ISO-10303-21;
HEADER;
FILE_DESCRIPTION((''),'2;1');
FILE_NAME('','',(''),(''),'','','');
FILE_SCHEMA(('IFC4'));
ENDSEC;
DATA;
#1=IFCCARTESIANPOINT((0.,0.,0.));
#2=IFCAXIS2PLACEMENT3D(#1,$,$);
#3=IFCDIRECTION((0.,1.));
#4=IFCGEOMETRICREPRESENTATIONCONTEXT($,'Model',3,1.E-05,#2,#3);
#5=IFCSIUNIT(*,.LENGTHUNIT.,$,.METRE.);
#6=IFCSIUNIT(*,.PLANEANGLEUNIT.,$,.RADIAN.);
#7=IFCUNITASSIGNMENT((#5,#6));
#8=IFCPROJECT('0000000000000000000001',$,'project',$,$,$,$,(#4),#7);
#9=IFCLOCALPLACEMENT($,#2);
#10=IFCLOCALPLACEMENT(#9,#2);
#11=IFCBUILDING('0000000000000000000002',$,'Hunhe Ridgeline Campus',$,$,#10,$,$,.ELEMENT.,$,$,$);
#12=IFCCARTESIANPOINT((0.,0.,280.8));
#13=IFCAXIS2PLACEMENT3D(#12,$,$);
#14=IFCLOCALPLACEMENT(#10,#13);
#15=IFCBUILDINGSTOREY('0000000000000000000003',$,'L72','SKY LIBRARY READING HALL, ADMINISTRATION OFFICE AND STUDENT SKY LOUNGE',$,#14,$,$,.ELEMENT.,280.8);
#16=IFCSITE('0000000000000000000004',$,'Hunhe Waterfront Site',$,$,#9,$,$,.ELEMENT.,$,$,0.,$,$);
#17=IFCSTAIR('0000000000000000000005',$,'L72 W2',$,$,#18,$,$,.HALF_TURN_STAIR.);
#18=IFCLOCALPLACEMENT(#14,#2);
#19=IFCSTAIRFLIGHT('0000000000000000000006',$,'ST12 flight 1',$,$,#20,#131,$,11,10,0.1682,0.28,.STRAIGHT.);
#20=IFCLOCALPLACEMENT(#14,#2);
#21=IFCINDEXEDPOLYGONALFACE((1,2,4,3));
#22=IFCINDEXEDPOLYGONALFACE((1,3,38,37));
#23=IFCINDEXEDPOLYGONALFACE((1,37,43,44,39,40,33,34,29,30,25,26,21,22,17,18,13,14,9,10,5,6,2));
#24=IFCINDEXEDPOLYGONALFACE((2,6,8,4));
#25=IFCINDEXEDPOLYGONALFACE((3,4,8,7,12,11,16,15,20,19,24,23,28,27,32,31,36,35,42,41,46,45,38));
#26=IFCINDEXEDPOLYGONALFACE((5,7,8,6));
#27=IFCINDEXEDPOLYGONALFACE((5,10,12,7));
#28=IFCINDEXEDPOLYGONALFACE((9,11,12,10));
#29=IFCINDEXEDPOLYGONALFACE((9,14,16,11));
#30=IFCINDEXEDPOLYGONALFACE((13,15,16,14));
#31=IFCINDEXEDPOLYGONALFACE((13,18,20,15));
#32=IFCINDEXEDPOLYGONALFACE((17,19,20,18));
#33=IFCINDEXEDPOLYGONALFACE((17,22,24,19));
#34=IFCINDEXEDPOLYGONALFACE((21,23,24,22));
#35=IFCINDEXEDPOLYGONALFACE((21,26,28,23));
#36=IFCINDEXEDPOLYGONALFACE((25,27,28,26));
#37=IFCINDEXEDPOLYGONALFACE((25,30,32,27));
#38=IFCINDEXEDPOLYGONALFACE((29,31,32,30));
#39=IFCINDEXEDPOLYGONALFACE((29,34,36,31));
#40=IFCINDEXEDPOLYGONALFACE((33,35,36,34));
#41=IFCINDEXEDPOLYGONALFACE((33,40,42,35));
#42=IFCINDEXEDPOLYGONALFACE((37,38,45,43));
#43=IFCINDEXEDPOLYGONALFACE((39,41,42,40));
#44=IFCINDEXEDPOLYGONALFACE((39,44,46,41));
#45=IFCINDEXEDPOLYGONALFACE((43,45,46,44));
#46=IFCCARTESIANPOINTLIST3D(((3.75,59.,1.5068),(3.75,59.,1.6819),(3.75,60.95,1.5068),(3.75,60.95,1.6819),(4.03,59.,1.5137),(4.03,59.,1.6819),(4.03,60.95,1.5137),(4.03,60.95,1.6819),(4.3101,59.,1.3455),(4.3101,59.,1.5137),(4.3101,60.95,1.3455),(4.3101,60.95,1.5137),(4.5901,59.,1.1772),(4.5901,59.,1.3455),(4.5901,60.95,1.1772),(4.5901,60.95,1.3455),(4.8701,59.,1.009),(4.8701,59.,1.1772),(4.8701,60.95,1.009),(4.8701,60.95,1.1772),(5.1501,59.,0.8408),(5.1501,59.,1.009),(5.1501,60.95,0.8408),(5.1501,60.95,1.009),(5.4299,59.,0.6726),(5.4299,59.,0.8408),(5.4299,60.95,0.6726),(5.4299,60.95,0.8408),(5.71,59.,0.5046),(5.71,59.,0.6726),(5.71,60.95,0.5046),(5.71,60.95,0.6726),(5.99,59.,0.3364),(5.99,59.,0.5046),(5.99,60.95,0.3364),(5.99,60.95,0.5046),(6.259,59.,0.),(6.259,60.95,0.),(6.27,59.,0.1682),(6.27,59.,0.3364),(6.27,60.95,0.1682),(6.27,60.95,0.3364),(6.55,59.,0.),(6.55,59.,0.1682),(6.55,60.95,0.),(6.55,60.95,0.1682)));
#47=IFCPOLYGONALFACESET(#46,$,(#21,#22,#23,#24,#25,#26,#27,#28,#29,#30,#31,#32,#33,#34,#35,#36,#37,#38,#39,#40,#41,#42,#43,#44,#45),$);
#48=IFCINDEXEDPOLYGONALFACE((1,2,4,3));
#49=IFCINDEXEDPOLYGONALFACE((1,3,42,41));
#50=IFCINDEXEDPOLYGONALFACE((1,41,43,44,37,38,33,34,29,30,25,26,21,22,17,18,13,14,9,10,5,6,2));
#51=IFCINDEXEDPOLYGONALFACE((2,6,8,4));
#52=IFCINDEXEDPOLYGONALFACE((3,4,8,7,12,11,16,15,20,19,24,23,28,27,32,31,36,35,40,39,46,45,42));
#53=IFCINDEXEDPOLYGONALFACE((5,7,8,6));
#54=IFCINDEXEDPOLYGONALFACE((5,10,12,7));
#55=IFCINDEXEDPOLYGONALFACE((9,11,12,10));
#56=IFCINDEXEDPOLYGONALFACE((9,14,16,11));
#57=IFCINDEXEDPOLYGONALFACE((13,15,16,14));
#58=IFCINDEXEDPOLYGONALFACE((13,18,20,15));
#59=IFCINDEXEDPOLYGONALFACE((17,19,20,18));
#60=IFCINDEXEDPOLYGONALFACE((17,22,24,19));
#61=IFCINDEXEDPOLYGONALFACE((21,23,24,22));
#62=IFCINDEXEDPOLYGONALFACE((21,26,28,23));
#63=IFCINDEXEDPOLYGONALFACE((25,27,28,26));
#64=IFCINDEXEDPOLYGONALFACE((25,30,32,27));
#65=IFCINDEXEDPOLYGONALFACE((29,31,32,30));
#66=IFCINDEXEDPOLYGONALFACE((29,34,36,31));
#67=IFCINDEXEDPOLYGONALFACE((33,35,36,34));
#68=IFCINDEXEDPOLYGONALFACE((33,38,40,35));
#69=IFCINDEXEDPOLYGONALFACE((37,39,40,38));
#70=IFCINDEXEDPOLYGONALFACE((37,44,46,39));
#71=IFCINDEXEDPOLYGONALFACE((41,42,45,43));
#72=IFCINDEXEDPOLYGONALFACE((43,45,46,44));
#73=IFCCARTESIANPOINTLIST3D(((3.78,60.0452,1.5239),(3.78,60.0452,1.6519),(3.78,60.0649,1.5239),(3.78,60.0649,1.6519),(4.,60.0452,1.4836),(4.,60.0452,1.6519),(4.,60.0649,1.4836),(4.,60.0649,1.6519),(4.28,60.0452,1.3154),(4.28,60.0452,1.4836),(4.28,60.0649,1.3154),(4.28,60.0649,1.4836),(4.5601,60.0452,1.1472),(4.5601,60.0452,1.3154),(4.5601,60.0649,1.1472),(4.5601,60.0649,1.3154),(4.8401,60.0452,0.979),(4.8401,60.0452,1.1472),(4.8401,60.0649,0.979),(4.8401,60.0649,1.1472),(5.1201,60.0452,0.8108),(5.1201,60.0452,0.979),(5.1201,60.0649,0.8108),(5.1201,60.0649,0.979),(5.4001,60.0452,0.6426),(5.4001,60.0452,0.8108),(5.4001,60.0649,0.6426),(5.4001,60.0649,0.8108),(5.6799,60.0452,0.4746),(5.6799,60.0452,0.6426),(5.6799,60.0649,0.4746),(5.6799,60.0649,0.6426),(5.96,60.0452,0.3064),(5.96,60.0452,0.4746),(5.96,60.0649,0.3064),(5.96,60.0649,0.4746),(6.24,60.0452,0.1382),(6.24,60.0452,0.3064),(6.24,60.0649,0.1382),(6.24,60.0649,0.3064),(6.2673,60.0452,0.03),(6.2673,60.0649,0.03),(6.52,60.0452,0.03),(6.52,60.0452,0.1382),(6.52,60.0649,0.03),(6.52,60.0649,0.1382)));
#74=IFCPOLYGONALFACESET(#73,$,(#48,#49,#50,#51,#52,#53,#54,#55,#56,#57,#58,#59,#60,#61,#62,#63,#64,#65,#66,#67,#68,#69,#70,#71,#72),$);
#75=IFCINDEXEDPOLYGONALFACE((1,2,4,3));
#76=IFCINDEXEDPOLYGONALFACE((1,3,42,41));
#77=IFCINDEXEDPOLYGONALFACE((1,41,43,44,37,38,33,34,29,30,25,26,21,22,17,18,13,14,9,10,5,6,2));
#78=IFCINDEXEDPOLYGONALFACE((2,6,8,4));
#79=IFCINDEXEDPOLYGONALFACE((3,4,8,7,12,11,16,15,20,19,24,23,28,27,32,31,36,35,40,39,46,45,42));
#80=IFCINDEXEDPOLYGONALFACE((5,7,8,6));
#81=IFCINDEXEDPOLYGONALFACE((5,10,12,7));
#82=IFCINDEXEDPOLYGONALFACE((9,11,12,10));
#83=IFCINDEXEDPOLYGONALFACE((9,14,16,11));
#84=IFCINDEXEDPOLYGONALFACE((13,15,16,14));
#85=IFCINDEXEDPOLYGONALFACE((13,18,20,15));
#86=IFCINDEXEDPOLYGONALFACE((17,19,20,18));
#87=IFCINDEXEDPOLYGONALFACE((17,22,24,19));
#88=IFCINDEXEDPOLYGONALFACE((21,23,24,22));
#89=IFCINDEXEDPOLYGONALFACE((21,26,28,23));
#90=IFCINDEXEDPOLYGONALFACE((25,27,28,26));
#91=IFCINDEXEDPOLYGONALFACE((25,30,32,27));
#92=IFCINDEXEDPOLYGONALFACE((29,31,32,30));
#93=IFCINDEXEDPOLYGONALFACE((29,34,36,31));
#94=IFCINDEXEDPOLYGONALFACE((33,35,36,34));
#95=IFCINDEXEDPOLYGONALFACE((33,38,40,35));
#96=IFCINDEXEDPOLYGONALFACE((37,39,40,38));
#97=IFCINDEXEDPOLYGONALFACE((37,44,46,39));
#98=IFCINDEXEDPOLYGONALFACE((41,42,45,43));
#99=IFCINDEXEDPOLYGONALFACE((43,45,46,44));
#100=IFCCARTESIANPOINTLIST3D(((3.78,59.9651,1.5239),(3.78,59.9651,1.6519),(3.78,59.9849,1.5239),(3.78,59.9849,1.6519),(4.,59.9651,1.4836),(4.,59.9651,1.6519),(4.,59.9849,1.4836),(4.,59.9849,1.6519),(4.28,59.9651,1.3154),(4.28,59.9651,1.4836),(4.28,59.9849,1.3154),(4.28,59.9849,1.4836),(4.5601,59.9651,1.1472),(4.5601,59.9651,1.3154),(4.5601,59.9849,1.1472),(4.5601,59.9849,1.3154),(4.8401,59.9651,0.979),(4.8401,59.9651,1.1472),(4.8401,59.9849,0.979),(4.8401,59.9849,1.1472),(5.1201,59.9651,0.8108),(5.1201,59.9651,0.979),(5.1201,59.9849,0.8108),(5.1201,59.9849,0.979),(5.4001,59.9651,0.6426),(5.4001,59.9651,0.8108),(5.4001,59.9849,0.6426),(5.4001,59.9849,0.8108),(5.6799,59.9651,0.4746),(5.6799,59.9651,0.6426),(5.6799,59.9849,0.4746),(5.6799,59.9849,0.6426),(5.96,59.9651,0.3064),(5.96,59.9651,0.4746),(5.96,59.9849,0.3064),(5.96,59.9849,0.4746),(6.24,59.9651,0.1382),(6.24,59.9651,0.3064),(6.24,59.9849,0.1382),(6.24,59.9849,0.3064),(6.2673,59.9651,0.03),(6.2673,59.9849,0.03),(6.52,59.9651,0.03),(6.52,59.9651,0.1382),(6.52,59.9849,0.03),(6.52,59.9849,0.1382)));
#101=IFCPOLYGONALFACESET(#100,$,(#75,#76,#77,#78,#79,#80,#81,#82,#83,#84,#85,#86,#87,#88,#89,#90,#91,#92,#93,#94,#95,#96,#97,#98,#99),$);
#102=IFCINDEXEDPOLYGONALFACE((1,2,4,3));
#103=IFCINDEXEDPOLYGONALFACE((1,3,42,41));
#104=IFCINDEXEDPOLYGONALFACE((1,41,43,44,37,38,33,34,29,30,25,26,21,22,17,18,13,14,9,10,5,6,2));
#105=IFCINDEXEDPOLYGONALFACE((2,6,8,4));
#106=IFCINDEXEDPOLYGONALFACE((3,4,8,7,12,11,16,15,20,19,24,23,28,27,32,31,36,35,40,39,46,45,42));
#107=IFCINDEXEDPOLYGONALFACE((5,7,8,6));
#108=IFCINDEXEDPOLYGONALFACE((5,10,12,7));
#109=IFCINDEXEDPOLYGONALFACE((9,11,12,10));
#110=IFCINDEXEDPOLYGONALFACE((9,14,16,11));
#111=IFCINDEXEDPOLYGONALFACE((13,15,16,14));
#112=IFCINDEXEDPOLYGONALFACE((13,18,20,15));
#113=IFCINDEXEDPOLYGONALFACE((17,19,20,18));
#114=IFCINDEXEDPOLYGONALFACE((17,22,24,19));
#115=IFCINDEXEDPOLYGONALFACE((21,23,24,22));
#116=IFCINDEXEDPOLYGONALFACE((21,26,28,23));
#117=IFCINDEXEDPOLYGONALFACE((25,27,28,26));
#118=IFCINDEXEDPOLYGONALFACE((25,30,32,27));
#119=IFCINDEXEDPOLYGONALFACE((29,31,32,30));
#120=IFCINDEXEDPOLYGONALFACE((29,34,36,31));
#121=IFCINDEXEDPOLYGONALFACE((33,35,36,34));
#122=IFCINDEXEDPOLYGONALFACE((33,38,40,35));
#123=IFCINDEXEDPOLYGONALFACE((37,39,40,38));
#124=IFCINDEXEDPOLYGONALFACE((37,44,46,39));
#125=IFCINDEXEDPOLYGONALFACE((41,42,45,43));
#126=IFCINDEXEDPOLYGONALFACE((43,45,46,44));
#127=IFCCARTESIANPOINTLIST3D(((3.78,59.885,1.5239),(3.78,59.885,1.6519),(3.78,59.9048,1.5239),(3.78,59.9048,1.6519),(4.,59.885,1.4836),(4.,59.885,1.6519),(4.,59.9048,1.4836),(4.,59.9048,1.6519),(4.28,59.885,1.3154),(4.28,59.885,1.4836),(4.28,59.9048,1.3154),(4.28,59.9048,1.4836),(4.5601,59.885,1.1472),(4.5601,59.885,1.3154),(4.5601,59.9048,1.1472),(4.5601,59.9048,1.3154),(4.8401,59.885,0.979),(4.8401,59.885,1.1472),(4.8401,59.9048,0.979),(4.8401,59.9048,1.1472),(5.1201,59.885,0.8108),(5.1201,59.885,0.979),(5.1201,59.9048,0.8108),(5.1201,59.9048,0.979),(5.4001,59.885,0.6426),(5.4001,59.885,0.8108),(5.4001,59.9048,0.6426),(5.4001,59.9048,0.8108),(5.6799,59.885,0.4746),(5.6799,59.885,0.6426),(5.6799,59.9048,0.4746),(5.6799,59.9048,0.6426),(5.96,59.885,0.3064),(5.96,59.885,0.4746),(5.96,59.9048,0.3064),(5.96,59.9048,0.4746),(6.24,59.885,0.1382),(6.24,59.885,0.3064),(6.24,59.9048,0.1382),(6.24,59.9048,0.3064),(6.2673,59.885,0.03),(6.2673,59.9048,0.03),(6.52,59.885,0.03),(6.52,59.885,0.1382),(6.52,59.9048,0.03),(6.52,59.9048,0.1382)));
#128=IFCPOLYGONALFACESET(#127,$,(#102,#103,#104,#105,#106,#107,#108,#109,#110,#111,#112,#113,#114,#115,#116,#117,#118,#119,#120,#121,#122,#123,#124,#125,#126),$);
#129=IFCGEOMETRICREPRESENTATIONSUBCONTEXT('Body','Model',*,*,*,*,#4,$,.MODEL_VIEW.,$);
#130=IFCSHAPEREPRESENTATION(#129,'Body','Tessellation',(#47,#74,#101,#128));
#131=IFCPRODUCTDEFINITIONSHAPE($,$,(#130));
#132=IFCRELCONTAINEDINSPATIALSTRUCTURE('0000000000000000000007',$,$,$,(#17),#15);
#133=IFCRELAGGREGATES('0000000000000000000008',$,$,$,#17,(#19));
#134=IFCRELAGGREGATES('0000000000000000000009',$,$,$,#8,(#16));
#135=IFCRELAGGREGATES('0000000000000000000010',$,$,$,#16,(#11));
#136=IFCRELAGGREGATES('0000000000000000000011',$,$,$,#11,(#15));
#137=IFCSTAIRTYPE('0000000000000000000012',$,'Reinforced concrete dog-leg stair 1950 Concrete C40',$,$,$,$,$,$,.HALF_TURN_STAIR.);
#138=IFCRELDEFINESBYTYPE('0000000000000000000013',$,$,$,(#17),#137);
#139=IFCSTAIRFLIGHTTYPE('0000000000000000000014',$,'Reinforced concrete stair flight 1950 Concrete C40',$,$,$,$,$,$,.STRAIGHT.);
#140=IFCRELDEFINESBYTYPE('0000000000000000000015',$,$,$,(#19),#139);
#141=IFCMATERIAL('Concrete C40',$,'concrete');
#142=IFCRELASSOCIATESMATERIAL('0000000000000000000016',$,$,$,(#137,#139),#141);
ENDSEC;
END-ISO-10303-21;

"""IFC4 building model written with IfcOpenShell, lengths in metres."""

from ifc_helpers import new_model, si_unit, direction, frame, origin, place, context, subcontext, project, spatial, polyline, outline, extrude, material, type_object, element, aggregate, save


model = new_model("IFC4")

# Units and contexts
model_context = context("Model", 3, precision=1e-05, world=origin(), true_north=direction((0.0, 1.0)))
body_context = subcontext(model_context, "Body", "Model", "MODEL_VIEW")
ifc_project = project(units=[si_unit("LENGTHUNIT", "METRE"), si_unit("PLANEANGLEUNIT", "RADIAN")], contexts=[model_context])

# Site, building, storey
site_placement = place(None, origin())
site = spatial("IfcSite", under=ifc_project, at=site_placement, Name="Hunhe Waterfront Site", CompositionType="ELEMENT", RefElevation=0.0)
building_placement = place(site_placement, origin())
building = spatial("IfcBuilding", under=site, at=building_placement, Name="Hunhe Ridgeline Campus", CompositionType="ELEMENT")
storey_placement = place(building_placement, frame((0.0, 0.0, 280.8)))
storey = spatial("IfcBuildingStorey", under=building, at=storey_placement, Name="L72", Description="SKY LIBRARY READING HALL, ADMINISTRATION OFFICE AND STUDENT SKY LOUNGE", CompositionType="ELEMENT", Elevation=280.8)

# Shared definitions
ifc_material_1 = material(Name="Concrete C40", Category="concrete")
stair_type = type_object("IfcStairType", Name="Reinforced concrete dog-leg stair 1950 Concrete C40", PredefinedType="HALF_TURN_STAIR", material=ifc_material_1)
stair_flight_type = type_object("IfcStairFlightType", Name="Reinforced concrete stair flight 1950 Concrete C40", PredefinedType="STRAIGHT", material=ifc_material_1)

# Stair, stair flight
stair_1_placement = place(storey_placement, origin())
stair_1 = element("IfcStair", 1, at=stair_1_placement, inside=storey, type_object=stair_type, Name="L72 W2", PredefinedType="HALF_TURN_STAIR")
stair_flight_1_placement = place(storey_placement, frame((6.55, 59.9751, 0.0), z_axis=(0.0, 0.0, 1.0), x_axis=(-1.0, 0.0, 0.0)))
stair_flight_1 = element("IfcStairFlight", 2, at=stair_flight_1_placement, type_object=stair_flight_type, Name="ST12 flight 1", NumberOfRisers=11, NumberOfTreads=10, PredefinedType="STRAIGHT", RiserHeight=0.1682, TreadLength=0.28, context=body_context, shape_type="SweptSolid", body=[
    extrude(outline(polyline([(0.0, 0.0), (0.0, 0.1682), (0.28, 0.1682), (0.28, 0.3364), (0.5601, 0.3364), (0.5601, 0.5046), (0.8401, 0.5046), (0.8401, 0.6726), (1.1201, 0.6726), (1.1201, 0.8408), (1.3999, 0.8408), (1.3999, 1.009), (1.6799, 1.009), (1.6799, 1.1772), (1.96, 1.1772), (1.96, 1.3455), (2.24, 1.3455), (2.24, 1.5137), (2.52, 1.5137), (2.52, 1.6819), (2.8, 1.6819), (2.8, 1.8501), (2.8, 1.5068), (0.291, 0.0), (0.0, 0.0)])), frame((0.0, 0.9751, 0.0), z_axis=(0.0, -1.0, 0.0), x_axis=(1.0, 0.0, 0.0)), (0.0, 0.0, 1.0), 1.95),
    extrude(outline(polyline([(0.03, 0.03), (0.03, 0.1382), (0.3101, 0.1382), (0.3101, 0.3064), (0.5901, 0.3064), (0.5901, 0.4746), (0.8701, 0.4746), (0.8701, 0.6426), (1.1499, 0.6426), (1.1499, 0.8108), (1.4299, 0.8108), (1.4299, 0.979), (1.71, 0.979), (1.71, 1.1472), (1.99, 1.1472), (1.99, 1.3154), (2.27, 1.3154), (2.27, 1.4836), (2.55, 1.4836), (2.55, 1.6519), (2.77, 1.6519), (2.77, 1.5239), (0.2827, 0.03), (0.03, 0.03)])), frame((0.0, -0.0701, 0.0), z_axis=(0.0, -1.0, 0.0), x_axis=(1.0, 0.0, 0.0)), (0.0, 0.0, 1.0), 0.0198),
    extrude(outline(polyline([(0.03, 0.03), (0.03, 0.1382), (0.3101, 0.1382), (0.3101, 0.3064), (0.5901, 0.3064), (0.5901, 0.4746), (0.8701, 0.4746), (0.8701, 0.6426), (1.1499, 0.6426), (1.1499, 0.8108), (1.4299, 0.8108), (1.4299, 0.979), (1.71, 0.979), (1.71, 1.1472), (1.99, 1.1472), (1.99, 1.3154), (2.27, 1.3154), (2.27, 1.4836), (2.55, 1.4836), (2.55, 1.6519), (2.77, 1.6519), (2.77, 1.5239), (0.2827, 0.03), (0.03, 0.03)])), frame((0.0, 0.01, 0.0), z_axis=(0.0, -1.0, 0.0), x_axis=(1.0, 0.0, 0.0)), (0.0, 0.0, 1.0), 0.0198),
    extrude(outline(polyline([(0.03, 0.03), (0.03, 0.1382), (0.3101, 0.1382), (0.3101, 0.3064), (0.5901, 0.3064), (0.5901, 0.4746), (0.8701, 0.4746), (0.8701, 0.6426), (1.1499, 0.6426), (1.1499, 0.8108), (1.4299, 0.8108), (1.4299, 0.979), (1.71, 0.979), (1.71, 1.1472), (1.99, 1.1472), (1.99, 1.3154), (2.27, 1.3154), (2.27, 1.4836), (2.55, 1.4836), (2.55, 1.6519), (2.77, 1.6519), (2.77, 1.5239), (0.2827, 0.03), (0.03, 0.03)])), frame((0.0, 0.0901, 0.0), z_axis=(0.0, -1.0, 0.0), x_axis=(1.0, 0.0, 0.0)), (0.0, 0.0, 1.0), 0.0198),
])
aggregate(stair_1, [stair_flight_1])

save(model, "model.ifc")
